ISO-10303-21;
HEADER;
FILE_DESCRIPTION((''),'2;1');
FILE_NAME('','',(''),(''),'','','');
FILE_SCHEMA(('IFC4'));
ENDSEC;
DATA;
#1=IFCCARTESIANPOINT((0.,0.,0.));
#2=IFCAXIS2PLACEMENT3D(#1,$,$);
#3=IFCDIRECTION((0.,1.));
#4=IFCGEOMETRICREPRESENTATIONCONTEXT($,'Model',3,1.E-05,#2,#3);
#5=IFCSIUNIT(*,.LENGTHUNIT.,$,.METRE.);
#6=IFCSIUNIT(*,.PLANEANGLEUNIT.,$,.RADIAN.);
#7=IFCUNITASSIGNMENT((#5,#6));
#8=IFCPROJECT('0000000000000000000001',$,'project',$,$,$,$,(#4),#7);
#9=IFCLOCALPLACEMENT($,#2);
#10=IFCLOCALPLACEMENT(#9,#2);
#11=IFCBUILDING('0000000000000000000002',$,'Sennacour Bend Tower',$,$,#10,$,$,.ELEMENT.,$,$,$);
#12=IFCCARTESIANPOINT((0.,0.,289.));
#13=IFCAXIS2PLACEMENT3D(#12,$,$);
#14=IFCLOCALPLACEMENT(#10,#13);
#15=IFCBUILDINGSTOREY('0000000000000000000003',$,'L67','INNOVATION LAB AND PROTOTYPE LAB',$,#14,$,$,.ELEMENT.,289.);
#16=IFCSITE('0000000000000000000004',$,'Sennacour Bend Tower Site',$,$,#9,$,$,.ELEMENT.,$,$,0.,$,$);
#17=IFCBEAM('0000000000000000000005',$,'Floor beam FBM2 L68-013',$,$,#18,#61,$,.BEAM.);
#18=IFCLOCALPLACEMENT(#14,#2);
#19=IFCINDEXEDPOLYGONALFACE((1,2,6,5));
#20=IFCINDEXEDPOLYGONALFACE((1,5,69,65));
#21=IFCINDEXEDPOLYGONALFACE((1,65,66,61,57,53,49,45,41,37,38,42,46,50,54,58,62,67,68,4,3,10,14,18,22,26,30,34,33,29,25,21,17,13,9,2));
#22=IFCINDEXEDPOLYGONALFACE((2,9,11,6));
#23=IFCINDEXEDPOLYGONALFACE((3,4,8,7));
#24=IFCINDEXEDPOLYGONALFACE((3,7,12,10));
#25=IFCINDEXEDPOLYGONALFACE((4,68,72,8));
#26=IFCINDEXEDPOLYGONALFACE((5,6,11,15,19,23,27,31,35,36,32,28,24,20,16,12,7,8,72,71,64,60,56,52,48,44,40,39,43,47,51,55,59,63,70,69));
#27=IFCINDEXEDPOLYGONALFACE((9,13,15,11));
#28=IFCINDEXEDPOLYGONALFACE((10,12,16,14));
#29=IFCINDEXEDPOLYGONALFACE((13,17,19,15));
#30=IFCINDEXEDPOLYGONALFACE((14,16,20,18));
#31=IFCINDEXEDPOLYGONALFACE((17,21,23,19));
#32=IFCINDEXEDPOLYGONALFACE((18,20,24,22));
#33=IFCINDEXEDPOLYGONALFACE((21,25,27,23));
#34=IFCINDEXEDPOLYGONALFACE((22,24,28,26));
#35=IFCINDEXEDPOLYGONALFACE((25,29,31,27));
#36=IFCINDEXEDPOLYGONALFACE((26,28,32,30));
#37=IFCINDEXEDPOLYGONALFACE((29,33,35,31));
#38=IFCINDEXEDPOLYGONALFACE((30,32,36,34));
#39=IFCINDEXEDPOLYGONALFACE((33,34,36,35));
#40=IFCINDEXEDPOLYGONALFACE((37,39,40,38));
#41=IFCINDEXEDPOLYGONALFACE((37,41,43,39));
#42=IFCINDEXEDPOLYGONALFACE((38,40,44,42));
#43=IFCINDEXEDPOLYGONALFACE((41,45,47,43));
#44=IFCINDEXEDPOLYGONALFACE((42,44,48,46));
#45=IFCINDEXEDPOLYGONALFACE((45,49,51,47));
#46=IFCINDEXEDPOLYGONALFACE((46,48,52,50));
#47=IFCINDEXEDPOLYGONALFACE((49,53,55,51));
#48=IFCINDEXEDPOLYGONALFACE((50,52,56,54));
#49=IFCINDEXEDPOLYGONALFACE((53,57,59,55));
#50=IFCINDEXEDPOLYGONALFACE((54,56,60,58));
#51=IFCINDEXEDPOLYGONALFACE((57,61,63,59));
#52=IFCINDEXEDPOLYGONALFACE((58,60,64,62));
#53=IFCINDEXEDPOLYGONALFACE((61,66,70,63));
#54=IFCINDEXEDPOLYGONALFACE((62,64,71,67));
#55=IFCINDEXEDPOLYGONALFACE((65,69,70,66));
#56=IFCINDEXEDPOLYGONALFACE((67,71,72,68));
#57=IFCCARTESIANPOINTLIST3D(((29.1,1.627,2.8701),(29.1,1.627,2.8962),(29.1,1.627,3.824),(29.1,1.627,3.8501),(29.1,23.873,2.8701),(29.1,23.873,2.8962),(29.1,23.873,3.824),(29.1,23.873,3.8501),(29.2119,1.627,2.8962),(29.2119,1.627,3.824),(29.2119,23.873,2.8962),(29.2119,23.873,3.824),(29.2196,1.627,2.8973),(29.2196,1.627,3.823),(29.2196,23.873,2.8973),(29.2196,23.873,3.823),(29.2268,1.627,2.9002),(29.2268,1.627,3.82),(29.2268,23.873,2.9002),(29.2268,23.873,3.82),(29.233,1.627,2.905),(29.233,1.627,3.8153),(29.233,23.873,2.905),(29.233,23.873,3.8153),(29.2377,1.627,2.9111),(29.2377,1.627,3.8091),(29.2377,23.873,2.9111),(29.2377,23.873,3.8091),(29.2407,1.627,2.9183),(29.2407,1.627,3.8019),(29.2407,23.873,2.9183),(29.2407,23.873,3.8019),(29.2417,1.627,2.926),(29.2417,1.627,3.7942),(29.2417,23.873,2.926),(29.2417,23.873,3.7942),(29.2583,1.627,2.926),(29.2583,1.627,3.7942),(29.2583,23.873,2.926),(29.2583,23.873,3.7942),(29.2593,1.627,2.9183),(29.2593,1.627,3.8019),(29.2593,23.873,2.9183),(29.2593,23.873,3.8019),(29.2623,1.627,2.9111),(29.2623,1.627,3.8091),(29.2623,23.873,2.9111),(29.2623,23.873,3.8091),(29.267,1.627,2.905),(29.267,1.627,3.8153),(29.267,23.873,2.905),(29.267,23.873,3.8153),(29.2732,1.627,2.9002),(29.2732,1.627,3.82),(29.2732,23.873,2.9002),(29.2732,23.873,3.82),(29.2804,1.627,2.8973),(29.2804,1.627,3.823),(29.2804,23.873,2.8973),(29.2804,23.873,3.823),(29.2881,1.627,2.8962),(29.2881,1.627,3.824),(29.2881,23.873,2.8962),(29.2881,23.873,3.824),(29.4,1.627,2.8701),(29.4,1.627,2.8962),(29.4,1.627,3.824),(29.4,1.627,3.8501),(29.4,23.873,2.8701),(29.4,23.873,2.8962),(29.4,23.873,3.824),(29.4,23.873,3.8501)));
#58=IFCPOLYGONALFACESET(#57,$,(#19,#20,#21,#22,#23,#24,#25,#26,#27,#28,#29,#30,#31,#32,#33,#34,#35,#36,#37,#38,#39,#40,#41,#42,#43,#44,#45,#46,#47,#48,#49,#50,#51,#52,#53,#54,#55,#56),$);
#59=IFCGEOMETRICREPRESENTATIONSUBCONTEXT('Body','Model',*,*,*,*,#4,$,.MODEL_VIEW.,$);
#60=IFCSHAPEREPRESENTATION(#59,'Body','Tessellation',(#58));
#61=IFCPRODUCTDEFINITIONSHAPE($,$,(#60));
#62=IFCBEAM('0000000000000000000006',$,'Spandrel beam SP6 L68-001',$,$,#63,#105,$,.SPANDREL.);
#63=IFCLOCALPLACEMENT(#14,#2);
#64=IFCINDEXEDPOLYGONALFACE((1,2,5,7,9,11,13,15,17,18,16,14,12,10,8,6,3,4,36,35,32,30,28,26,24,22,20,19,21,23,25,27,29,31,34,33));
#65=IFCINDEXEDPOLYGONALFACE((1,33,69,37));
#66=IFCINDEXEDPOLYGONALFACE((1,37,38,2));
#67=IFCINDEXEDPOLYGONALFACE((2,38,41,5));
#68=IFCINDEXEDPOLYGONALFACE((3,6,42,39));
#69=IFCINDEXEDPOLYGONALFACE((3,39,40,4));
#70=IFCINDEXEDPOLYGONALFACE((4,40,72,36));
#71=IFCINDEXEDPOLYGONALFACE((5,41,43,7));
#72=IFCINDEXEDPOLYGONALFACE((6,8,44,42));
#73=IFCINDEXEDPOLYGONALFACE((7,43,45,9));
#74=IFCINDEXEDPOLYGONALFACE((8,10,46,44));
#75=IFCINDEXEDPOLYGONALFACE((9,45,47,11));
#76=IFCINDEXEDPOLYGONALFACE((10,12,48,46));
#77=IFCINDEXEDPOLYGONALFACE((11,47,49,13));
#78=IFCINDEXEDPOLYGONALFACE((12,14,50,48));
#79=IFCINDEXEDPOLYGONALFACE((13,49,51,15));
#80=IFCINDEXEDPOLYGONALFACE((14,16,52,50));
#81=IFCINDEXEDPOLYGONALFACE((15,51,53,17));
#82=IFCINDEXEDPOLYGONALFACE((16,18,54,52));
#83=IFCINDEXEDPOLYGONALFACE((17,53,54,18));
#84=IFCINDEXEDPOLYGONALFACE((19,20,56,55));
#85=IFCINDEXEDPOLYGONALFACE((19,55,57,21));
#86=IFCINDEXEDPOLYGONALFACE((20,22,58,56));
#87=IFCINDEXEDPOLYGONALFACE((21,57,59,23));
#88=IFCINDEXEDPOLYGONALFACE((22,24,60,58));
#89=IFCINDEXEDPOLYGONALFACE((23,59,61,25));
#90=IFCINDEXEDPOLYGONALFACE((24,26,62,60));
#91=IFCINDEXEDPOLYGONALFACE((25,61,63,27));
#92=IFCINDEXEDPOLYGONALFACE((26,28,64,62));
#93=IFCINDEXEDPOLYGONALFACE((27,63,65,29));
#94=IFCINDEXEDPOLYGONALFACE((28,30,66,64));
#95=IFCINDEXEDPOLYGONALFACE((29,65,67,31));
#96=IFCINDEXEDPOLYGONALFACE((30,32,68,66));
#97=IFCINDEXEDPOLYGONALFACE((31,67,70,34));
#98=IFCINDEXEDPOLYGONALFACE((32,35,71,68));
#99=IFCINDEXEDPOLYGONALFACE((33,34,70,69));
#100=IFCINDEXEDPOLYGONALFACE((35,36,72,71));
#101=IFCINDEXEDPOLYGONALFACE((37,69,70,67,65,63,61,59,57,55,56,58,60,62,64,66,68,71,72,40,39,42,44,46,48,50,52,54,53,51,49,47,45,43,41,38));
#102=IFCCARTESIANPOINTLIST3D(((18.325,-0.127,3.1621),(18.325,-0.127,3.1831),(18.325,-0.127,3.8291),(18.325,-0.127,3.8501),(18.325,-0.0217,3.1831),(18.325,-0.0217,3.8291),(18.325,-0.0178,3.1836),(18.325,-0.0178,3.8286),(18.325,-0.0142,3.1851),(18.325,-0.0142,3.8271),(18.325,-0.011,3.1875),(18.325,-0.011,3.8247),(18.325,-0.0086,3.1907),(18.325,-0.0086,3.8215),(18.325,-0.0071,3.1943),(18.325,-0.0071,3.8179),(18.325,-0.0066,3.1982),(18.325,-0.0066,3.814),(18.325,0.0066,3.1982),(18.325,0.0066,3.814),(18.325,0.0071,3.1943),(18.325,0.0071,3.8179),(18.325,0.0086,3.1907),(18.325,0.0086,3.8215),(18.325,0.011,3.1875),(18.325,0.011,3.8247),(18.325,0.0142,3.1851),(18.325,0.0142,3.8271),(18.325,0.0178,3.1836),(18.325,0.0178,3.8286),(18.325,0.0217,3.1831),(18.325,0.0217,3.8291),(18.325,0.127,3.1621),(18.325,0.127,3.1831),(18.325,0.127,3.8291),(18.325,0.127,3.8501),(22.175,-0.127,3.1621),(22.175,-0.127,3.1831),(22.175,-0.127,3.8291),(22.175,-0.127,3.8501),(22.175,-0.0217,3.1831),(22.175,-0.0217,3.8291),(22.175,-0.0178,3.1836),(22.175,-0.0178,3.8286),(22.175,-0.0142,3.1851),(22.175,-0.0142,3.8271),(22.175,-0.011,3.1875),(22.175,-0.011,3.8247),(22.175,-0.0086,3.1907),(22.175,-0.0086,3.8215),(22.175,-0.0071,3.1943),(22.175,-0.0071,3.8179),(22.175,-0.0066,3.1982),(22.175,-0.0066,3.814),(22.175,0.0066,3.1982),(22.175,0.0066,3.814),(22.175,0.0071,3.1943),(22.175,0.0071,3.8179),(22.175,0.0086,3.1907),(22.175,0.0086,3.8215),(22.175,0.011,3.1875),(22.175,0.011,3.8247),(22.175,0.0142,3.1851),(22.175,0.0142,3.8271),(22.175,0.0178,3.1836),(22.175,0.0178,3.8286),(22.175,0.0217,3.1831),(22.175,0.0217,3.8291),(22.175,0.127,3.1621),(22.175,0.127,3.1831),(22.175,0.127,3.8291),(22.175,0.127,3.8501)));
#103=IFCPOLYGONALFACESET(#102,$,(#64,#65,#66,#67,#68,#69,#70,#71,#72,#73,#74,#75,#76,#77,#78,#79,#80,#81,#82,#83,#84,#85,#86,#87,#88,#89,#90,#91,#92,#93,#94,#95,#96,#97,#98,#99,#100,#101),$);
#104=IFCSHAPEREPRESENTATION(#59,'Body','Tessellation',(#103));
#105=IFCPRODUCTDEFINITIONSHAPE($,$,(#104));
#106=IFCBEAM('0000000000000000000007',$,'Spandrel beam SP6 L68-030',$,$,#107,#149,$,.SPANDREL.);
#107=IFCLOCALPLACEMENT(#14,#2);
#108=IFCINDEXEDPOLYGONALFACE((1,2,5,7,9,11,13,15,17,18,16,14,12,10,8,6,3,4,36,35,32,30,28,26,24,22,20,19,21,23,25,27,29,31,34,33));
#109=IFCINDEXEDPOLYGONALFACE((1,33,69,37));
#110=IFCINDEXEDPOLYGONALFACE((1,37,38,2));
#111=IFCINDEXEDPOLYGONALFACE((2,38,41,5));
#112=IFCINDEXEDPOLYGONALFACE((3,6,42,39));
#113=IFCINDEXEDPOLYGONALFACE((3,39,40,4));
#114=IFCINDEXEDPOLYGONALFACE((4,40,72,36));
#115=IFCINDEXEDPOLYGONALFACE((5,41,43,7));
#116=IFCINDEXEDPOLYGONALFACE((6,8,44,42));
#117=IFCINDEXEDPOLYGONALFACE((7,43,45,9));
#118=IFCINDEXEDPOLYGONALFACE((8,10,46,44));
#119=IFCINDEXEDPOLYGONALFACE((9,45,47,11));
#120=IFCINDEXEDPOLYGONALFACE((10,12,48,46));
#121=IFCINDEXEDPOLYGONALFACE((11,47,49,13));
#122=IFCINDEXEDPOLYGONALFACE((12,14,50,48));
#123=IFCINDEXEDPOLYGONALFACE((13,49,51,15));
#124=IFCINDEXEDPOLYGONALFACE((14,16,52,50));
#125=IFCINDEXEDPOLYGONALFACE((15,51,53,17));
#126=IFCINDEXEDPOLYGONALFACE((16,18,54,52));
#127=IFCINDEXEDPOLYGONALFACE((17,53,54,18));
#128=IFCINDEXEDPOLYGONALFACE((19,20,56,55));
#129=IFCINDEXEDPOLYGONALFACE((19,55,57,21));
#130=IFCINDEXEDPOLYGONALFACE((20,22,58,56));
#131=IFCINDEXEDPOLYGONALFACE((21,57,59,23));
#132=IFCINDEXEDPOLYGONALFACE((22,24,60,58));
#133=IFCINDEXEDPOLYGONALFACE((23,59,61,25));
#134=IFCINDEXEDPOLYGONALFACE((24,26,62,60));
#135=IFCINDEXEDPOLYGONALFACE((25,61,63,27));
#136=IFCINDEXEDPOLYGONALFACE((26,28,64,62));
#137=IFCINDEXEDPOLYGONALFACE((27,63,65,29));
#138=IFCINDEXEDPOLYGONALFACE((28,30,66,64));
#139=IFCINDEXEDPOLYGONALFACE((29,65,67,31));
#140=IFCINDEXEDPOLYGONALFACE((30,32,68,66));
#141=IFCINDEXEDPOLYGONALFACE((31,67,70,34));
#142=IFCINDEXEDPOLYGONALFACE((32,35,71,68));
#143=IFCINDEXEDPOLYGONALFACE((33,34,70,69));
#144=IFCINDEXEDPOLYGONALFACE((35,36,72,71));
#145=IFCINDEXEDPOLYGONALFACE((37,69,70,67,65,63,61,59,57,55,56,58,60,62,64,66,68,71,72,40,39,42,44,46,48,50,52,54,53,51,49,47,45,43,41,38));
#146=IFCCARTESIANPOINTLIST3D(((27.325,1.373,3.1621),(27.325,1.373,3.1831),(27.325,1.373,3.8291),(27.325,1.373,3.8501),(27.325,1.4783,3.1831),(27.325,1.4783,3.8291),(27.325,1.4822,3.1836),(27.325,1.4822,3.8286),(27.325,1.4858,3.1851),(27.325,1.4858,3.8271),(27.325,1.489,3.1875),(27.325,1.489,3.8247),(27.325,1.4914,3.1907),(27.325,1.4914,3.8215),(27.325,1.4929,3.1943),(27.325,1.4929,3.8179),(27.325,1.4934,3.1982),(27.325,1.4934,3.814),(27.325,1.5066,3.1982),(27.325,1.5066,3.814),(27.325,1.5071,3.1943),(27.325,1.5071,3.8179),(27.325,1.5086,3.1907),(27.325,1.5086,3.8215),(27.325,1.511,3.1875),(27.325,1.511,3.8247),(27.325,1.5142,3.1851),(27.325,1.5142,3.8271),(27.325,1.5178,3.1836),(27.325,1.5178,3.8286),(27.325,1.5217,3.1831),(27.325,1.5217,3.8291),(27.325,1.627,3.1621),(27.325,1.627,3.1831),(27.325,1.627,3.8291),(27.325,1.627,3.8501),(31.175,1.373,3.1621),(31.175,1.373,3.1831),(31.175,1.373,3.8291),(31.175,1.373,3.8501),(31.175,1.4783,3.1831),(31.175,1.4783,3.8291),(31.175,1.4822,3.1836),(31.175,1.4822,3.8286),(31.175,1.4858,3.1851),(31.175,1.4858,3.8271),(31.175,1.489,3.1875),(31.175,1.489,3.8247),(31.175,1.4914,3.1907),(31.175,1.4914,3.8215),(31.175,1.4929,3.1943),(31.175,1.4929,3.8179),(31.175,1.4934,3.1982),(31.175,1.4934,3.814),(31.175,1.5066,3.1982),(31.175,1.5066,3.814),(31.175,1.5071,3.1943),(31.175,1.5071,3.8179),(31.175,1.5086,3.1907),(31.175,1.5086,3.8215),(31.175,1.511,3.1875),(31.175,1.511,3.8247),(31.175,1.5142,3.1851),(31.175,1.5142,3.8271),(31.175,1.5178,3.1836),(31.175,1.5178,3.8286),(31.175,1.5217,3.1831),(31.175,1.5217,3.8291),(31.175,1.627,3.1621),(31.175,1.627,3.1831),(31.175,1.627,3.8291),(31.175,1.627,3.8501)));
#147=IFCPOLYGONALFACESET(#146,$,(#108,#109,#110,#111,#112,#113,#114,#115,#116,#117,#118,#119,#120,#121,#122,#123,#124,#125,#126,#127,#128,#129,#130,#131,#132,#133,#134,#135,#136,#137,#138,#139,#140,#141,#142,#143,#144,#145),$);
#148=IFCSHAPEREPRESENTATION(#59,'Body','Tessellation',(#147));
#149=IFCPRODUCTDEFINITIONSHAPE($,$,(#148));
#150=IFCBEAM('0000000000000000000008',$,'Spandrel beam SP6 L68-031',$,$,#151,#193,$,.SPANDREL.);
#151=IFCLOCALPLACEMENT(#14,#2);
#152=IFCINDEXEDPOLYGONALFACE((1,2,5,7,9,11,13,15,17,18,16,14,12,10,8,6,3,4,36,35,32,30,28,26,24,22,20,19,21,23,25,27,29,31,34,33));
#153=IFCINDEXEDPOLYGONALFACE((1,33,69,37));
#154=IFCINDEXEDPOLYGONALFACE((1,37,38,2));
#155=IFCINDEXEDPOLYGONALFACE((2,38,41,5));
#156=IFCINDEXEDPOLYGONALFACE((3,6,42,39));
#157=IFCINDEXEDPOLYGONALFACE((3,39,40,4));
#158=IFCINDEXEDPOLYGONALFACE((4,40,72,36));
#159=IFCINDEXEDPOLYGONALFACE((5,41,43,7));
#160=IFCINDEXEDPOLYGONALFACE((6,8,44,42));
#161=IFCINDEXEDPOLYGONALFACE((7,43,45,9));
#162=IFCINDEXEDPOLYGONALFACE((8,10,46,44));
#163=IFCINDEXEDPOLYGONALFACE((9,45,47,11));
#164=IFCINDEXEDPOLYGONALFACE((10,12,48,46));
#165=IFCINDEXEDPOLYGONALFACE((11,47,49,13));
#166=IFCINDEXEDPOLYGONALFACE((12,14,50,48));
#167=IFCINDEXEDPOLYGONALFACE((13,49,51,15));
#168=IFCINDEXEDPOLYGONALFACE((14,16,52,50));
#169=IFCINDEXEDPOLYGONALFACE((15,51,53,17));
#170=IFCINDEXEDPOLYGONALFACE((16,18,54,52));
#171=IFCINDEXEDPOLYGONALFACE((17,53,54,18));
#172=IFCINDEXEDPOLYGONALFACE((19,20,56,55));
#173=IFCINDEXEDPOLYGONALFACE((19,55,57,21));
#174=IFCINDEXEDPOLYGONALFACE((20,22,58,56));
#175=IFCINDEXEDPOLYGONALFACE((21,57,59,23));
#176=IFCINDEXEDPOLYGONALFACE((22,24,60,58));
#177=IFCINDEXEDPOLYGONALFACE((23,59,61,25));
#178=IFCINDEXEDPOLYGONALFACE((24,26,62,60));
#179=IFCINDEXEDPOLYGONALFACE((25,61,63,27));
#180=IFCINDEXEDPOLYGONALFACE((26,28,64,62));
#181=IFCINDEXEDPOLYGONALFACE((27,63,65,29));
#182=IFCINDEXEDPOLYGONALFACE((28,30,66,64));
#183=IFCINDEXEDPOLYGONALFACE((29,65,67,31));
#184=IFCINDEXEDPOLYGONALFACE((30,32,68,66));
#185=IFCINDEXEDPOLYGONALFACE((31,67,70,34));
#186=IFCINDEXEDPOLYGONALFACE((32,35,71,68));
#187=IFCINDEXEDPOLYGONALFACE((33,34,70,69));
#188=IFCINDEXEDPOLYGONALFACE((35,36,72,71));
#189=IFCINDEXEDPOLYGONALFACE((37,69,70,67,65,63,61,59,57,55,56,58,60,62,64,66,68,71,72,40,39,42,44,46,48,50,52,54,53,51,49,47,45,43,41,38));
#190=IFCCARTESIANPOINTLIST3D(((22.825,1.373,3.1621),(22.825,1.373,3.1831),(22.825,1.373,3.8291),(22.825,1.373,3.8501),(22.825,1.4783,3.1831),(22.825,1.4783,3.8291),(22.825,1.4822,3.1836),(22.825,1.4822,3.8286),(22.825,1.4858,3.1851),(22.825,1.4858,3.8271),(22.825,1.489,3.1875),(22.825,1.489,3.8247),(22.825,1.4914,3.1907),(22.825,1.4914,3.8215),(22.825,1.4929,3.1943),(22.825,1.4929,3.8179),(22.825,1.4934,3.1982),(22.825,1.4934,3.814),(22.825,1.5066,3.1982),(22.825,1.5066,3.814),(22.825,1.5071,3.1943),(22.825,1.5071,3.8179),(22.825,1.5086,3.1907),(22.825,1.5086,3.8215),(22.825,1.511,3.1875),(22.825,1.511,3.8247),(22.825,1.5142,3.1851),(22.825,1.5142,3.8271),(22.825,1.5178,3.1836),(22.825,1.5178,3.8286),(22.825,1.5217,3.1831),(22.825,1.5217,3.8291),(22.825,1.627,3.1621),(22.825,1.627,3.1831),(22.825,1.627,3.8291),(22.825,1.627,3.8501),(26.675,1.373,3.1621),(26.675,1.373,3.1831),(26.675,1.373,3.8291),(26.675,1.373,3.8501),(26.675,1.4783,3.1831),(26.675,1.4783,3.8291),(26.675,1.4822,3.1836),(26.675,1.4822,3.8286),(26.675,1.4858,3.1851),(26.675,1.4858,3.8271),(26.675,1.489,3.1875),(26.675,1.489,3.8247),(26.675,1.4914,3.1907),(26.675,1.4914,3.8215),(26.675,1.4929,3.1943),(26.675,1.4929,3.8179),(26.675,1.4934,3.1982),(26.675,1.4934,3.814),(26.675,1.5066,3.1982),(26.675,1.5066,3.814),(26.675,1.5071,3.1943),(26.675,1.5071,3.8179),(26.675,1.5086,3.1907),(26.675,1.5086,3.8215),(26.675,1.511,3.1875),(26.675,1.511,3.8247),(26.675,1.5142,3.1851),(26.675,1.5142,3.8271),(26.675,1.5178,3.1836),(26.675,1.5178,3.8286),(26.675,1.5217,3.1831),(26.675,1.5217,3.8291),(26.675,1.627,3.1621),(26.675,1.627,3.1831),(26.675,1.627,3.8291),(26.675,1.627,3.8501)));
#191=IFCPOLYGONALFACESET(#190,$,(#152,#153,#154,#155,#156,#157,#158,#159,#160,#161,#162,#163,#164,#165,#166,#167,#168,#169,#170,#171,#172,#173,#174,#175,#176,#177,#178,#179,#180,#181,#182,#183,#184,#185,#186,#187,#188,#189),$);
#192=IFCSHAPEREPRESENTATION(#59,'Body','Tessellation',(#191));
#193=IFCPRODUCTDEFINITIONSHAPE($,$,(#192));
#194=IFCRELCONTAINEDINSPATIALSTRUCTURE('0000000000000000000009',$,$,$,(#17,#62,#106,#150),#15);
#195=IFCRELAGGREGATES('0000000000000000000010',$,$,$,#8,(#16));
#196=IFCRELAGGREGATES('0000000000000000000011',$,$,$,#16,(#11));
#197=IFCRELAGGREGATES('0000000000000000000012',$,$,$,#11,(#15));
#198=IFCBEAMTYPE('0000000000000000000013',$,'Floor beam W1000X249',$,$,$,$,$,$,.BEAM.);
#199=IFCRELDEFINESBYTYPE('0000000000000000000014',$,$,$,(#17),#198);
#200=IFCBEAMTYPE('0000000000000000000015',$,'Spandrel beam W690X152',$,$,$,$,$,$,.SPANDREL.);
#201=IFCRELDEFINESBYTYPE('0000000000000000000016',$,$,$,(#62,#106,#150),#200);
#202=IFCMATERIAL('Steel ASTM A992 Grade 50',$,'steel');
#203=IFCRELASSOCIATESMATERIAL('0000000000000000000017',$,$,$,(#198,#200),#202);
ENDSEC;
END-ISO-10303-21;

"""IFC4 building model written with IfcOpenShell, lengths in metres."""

from ifc_helpers import new_model, si_unit, direction, frame, origin, origin_2d, place, context, subcontext, project, spatial, i_section, extrude, material, material_profile, profile_set, type_object, element, save


model = new_model("IFC4")

# Units and contexts
model_context = context("Model", 3, precision=1e-05, world=origin(), true_north=direction((0.0, 1.0)))
body_context = subcontext(model_context, "Body", "Model", "MODEL_VIEW")
ifc_project = project(units=[si_unit("LENGTHUNIT", "METRE"), si_unit("PLANEANGLEUNIT", "RADIAN")], contexts=[model_context])

# Site, building, storey
site_placement = place(None, origin())
site = spatial("IfcSite", under=ifc_project, at=site_placement, Name="Sennacour Bend Tower Site", CompositionType="ELEMENT", RefElevation=0.0)
building_placement = place(site_placement, origin())
building = spatial("IfcBuilding", under=site, at=building_placement, Name="Sennacour Bend Tower", CompositionType="ELEMENT")
storey_placement = place(building_placement, frame((0.0, 0.0, 289.0)))
storey = spatial("IfcBuildingStorey", under=building, at=storey_placement, Name="L67", Description="INNOVATION LAB AND PROTOTYPE LAB", CompositionType="ELEMENT", Elevation=289.0)

# Beams
ifc_material_1 = material(Name="Steel ASTM A992 Grade 50", Category="steel")
ifc_material_profile_1 = material_profile(ifc_material_1, i_section(OverallWidth=0.3, OverallDepth=0.98, WebThickness=0.0166, FlangeThickness=0.0261, FilletRadius=0.0298, at=origin_2d()), Name="Steel ASTM A992 Grade 50", Category="steel")
ifc_profile_set_1 = profile_set([ifc_material_profile_1], Name="Steel ASTM A992 Grade 50")
beam_type_1 = type_object("IfcBeamType", Name="Floor beam W1000X249", PredefinedType="BEAM", material=ifc_profile_set_1)
for number, where, z_axis, x_axis, name in (
    (1, (29.25, 1.627, 3.3601), (0.0, 1.0, 0.0), (-1.0, 0.0, 0.0), "Floor beam FBM2 L68-013"),
):
    element("IfcBeam", number, at=place(storey_placement, frame(where, z_axis=z_axis, x_axis=x_axis)), inside=storey, type_object=beam_type_1, Name=name, PredefinedType="BEAM", context=body_context, shape_type="SweptSolid", body=[
        extrude(i_section(OverallWidth=0.3, OverallDepth=0.98, WebThickness=0.0166, FlangeThickness=0.0261, FilletRadius=0.0298, at=origin_2d()), origin(), (0.0, 0.0, 1.0), 22.2461),
    ])
ifc_material_profile_2 = material_profile(ifc_material_1, i_section(OverallWidth=0.2539, OverallDepth=0.688, WebThickness=0.0132, FlangeThickness=0.021, FilletRadius=0.0151, at=origin_2d()), Name="Steel ASTM A992 Grade 50", Category="steel")
ifc_profile_set_2 = profile_set([ifc_material_profile_2], Name="Steel ASTM A992 Grade 50")
beam_type_2 = type_object("IfcBeamType", Name="Spandrel beam W690X152", PredefinedType="SPANDREL", material=ifc_profile_set_2)
for number, where, z_axis, x_axis, name in (
    (2, (22.175, 0.0, 3.5061), (-1.0, 0.0, 0.0), (0.0, -1.0, 0.0), "Spandrel beam SP6 L68-001"),
    (3, (31.175, 1.5, 3.5061), (-1.0, 0.0, 0.0), (0.0, -1.0, 0.0), "Spandrel beam SP6 L68-030"),
    (4, (26.675, 1.5, 3.5061), (-1.0, 0.0, 0.0), (0.0, -1.0, 0.0), "Spandrel beam SP6 L68-031"),
):
    element("IfcBeam", number, at=place(storey_placement, frame(where, z_axis=z_axis, x_axis=x_axis)), inside=storey, type_object=beam_type_2, Name=name, PredefinedType="SPANDREL", context=body_context, shape_type="SweptSolid", body=[
        extrude(i_section(OverallWidth=0.2539, OverallDepth=0.688, WebThickness=0.0132, FlangeThickness=0.021, FilletRadius=0.0151, at=origin_2d()), origin(), (0.0, 0.0, 1.0), 3.8501),
    ])

save(model, "model.ifc")
